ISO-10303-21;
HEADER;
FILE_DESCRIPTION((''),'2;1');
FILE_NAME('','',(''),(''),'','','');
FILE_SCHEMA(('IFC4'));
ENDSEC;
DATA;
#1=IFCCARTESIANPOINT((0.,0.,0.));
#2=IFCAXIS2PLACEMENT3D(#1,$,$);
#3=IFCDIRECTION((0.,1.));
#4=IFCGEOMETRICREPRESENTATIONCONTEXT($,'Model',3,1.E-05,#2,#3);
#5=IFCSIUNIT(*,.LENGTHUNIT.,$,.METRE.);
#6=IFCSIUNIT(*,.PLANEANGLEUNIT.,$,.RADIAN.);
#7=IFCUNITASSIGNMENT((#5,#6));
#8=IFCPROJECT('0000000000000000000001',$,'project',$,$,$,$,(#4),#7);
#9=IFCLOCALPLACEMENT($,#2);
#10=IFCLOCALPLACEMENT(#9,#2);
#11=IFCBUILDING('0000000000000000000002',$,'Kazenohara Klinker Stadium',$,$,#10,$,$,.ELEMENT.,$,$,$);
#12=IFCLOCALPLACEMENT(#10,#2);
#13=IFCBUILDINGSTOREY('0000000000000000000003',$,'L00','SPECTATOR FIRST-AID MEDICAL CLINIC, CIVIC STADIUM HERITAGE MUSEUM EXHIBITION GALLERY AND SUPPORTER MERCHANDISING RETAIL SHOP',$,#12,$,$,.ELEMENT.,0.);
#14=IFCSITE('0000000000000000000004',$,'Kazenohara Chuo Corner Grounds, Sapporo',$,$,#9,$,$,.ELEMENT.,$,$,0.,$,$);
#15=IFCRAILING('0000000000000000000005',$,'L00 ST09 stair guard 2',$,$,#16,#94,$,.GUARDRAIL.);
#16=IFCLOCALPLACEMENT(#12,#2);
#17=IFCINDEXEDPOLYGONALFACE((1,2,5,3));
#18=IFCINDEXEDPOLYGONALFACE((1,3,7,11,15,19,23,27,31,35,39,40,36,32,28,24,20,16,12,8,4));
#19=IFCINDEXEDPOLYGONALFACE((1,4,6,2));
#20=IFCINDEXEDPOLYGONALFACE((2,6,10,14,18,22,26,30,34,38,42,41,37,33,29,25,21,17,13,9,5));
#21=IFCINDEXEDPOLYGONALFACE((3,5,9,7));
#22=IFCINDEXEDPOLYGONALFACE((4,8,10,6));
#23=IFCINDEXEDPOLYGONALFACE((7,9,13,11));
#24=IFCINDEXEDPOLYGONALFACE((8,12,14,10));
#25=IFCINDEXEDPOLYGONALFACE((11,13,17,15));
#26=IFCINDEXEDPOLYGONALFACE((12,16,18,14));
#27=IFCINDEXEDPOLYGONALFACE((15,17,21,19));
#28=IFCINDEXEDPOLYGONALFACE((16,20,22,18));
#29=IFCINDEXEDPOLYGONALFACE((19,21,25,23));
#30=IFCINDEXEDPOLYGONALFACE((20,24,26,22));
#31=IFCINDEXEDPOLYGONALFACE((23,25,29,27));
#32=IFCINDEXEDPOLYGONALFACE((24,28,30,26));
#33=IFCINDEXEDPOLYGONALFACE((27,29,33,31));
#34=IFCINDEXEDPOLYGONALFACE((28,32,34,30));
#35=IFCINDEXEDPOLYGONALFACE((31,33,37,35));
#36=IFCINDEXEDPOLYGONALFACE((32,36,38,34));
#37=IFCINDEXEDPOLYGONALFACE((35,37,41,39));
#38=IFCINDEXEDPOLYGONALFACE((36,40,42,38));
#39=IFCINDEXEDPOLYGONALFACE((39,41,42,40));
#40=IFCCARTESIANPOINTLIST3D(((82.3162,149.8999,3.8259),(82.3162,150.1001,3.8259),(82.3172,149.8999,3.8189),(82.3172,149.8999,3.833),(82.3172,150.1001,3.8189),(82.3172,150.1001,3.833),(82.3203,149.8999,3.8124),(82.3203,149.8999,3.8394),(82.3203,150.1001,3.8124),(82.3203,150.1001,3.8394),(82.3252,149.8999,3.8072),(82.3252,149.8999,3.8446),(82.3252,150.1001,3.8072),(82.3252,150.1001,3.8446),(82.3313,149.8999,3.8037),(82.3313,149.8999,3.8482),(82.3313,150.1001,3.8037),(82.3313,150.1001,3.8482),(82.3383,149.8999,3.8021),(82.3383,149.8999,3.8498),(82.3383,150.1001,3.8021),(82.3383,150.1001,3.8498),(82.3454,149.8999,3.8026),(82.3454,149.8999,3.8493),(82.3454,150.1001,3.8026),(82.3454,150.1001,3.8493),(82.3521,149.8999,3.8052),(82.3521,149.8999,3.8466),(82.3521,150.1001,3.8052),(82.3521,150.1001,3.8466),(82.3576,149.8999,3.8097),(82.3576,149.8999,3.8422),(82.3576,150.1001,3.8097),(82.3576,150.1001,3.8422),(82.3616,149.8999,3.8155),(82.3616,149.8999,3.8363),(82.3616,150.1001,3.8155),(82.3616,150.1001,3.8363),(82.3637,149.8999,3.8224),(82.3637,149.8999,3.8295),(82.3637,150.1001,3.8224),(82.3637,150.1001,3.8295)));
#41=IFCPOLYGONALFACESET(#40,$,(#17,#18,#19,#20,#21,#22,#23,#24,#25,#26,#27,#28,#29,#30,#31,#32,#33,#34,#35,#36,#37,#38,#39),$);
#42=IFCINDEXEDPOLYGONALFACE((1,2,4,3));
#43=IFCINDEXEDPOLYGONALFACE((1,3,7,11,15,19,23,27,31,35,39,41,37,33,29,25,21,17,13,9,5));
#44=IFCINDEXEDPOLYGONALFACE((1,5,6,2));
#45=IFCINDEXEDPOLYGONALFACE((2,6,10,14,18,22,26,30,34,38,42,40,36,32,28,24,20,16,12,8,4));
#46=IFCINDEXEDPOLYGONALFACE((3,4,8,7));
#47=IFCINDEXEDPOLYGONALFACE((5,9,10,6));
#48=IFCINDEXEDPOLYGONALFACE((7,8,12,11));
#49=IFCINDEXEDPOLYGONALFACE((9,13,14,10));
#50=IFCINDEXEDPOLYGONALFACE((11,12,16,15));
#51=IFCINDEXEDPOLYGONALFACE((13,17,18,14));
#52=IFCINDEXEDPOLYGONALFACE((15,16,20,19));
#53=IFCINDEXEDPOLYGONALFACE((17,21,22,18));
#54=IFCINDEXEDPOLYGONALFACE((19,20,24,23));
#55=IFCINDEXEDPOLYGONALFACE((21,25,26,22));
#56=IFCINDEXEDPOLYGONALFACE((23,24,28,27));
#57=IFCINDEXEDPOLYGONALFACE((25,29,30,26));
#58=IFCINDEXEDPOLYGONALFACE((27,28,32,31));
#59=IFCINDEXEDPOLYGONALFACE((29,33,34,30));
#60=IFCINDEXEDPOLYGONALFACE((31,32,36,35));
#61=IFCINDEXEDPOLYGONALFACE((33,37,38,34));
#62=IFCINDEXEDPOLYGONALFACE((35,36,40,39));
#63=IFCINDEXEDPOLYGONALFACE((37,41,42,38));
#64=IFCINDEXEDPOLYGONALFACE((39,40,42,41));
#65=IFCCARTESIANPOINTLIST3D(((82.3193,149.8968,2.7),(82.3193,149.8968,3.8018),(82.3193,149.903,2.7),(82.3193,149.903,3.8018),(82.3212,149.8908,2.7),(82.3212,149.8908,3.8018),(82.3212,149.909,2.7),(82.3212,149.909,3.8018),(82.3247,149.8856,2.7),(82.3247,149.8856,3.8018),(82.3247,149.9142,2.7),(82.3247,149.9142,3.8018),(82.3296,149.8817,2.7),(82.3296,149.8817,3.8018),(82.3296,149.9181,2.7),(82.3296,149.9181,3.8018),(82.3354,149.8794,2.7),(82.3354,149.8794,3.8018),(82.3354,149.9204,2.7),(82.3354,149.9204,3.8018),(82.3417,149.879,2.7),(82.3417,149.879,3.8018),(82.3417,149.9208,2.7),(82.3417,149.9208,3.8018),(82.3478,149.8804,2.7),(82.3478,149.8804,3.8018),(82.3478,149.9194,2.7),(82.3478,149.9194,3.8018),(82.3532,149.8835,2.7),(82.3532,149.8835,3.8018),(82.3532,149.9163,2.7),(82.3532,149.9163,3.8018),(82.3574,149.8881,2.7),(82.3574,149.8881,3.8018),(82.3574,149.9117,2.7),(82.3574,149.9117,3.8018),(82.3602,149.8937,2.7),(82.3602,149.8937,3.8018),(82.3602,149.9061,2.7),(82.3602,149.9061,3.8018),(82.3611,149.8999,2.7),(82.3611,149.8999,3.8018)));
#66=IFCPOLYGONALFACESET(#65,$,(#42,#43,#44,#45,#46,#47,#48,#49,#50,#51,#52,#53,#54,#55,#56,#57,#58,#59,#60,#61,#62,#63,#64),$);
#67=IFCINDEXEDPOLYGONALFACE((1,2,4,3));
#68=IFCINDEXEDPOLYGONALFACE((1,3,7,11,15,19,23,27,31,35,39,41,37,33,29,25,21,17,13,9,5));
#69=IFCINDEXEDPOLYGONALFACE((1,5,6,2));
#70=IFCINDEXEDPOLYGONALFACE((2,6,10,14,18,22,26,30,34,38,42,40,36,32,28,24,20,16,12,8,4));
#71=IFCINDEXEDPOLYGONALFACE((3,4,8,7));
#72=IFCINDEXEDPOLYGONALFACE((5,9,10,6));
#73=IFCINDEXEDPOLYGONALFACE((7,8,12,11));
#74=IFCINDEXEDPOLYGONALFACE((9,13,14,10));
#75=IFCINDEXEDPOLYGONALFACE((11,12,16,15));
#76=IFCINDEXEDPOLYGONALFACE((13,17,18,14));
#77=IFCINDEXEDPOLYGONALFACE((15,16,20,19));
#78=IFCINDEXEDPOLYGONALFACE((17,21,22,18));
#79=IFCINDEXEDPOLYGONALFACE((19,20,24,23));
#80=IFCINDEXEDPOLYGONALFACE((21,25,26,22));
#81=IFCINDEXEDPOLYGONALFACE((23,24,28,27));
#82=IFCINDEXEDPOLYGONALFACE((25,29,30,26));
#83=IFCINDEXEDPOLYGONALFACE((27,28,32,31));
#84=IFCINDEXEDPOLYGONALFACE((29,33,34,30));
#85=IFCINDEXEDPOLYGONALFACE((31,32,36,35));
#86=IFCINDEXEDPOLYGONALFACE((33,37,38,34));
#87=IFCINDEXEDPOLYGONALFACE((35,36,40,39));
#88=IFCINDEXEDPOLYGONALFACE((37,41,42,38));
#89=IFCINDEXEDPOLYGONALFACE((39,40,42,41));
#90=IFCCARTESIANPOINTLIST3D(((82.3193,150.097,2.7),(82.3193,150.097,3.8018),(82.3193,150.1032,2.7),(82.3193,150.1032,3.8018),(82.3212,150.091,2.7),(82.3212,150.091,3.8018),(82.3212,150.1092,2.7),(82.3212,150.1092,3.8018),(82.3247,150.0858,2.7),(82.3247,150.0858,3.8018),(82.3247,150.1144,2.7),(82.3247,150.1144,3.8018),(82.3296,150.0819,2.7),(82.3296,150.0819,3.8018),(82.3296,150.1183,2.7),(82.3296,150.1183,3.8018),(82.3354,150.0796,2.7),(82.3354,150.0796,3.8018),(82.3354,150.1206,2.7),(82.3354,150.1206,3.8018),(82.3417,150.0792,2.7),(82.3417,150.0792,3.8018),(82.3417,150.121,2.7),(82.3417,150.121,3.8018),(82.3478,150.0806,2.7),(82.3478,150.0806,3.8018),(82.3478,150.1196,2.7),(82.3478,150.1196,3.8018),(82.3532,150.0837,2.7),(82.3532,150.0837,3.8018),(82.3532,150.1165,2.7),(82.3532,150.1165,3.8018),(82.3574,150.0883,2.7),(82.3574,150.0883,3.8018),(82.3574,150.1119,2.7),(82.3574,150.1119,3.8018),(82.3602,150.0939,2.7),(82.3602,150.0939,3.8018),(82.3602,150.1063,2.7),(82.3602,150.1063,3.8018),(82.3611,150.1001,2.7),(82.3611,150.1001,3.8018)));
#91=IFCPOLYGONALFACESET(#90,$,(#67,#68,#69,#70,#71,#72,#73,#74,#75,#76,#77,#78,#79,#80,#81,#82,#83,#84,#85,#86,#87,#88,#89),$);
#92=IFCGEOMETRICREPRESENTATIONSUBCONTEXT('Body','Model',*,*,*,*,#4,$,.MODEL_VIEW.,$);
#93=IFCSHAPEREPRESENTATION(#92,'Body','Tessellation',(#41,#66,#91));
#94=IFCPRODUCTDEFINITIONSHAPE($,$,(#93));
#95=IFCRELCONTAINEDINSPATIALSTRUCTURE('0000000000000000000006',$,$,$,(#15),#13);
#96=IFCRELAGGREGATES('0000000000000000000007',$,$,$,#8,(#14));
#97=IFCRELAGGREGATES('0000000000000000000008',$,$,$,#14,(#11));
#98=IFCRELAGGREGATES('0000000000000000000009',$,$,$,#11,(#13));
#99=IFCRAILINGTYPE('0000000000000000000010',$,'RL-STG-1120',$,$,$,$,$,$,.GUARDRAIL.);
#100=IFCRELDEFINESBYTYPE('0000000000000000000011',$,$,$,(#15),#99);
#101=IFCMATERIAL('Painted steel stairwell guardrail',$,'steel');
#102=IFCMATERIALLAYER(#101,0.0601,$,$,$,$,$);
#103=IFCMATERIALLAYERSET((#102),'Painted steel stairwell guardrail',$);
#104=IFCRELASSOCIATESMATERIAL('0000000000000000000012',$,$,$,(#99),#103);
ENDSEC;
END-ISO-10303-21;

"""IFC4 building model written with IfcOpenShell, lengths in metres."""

from ifc_helpers import new_model, si_unit, direction, frame, origin, origin_2d, place, context, subcontext, project, spatial, circle, extrude, material, layer, layer_set, type_object, element, save


model = new_model("IFC4")

# Units and contexts
model_context = context("Model", 3, precision=1e-05, world=origin(), true_north=direction((0.0, 1.0)))
body_context = subcontext(model_context, "Body", "Model", "MODEL_VIEW")
ifc_project = project(units=[si_unit("LENGTHUNIT", "METRE"), si_unit("PLANEANGLEUNIT", "RADIAN")], contexts=[model_context])

# Site, building, storey
site_placement = place(None, origin())
site = spatial("IfcSite", under=ifc_project, at=site_placement, Name="Kazenohara Chuo Corner Grounds, Sapporo", CompositionType="ELEMENT", RefElevation=0.0)
building_placement = place(site_placement, origin())
building = spatial("IfcBuilding", under=site, at=building_placement, Name="Kazenohara Klinker Stadium", CompositionType="ELEMENT")
storey_placement = place(building_placement, origin())
storey = spatial("IfcBuildingStorey", under=building, at=storey_placement, Name="L00", Description="SPECTATOR FIRST-AID MEDICAL CLINIC, CIVIC STADIUM HERITAGE MUSEUM EXHIBITION GALLERY AND SUPPORTER MERCHANDISING RETAIL SHOP", CompositionType="ELEMENT", Elevation=0.0)

# Railing
ifc_material_1 = material(Name="Painted steel stairwell guardrail", Category="steel")
ifc_layer_1 = layer(ifc_material_1, 0.0601)
ifc_layer_set_1 = layer_set([ifc_layer_1], Name="Painted steel stairwell guardrail")
railing_type_1 = type_object("IfcRailingType", Name="RL-STG-1120", PredefinedType="GUARDRAIL", material=ifc_layer_set_1)
railing_1_placement = place(storey_placement, frame((82.3401, 149.8999, 2.7)))
element("IfcRailing", 1, at=railing_1_placement, inside=storey, type_object=railing_type_1, Name="L00 ST09 stair guard 2", PredefinedType="GUARDRAIL", context=body_context, shape_type="SweptSolid", body=[
    extrude(circle(Radius=0.0239, at=origin_2d()), frame((0.0, 0.0, 1.126), z_axis=(0.0, 1.0, 0.0), x_axis=(-1.0, 0.0, 0.0)), (0.0, 0.0, 1.0), 0.2002),
    extrude(circle(Radius=0.021, at=origin_2d()), origin(), (0.0, 0.0, 1.0), 1.1018),
    extrude(circle(Radius=0.021, at=origin_2d()), frame((0.0, 0.2002, 0.0)), (0.0, 0.0, 1.0), 1.1018),
])

save(model, "model.ifc")
